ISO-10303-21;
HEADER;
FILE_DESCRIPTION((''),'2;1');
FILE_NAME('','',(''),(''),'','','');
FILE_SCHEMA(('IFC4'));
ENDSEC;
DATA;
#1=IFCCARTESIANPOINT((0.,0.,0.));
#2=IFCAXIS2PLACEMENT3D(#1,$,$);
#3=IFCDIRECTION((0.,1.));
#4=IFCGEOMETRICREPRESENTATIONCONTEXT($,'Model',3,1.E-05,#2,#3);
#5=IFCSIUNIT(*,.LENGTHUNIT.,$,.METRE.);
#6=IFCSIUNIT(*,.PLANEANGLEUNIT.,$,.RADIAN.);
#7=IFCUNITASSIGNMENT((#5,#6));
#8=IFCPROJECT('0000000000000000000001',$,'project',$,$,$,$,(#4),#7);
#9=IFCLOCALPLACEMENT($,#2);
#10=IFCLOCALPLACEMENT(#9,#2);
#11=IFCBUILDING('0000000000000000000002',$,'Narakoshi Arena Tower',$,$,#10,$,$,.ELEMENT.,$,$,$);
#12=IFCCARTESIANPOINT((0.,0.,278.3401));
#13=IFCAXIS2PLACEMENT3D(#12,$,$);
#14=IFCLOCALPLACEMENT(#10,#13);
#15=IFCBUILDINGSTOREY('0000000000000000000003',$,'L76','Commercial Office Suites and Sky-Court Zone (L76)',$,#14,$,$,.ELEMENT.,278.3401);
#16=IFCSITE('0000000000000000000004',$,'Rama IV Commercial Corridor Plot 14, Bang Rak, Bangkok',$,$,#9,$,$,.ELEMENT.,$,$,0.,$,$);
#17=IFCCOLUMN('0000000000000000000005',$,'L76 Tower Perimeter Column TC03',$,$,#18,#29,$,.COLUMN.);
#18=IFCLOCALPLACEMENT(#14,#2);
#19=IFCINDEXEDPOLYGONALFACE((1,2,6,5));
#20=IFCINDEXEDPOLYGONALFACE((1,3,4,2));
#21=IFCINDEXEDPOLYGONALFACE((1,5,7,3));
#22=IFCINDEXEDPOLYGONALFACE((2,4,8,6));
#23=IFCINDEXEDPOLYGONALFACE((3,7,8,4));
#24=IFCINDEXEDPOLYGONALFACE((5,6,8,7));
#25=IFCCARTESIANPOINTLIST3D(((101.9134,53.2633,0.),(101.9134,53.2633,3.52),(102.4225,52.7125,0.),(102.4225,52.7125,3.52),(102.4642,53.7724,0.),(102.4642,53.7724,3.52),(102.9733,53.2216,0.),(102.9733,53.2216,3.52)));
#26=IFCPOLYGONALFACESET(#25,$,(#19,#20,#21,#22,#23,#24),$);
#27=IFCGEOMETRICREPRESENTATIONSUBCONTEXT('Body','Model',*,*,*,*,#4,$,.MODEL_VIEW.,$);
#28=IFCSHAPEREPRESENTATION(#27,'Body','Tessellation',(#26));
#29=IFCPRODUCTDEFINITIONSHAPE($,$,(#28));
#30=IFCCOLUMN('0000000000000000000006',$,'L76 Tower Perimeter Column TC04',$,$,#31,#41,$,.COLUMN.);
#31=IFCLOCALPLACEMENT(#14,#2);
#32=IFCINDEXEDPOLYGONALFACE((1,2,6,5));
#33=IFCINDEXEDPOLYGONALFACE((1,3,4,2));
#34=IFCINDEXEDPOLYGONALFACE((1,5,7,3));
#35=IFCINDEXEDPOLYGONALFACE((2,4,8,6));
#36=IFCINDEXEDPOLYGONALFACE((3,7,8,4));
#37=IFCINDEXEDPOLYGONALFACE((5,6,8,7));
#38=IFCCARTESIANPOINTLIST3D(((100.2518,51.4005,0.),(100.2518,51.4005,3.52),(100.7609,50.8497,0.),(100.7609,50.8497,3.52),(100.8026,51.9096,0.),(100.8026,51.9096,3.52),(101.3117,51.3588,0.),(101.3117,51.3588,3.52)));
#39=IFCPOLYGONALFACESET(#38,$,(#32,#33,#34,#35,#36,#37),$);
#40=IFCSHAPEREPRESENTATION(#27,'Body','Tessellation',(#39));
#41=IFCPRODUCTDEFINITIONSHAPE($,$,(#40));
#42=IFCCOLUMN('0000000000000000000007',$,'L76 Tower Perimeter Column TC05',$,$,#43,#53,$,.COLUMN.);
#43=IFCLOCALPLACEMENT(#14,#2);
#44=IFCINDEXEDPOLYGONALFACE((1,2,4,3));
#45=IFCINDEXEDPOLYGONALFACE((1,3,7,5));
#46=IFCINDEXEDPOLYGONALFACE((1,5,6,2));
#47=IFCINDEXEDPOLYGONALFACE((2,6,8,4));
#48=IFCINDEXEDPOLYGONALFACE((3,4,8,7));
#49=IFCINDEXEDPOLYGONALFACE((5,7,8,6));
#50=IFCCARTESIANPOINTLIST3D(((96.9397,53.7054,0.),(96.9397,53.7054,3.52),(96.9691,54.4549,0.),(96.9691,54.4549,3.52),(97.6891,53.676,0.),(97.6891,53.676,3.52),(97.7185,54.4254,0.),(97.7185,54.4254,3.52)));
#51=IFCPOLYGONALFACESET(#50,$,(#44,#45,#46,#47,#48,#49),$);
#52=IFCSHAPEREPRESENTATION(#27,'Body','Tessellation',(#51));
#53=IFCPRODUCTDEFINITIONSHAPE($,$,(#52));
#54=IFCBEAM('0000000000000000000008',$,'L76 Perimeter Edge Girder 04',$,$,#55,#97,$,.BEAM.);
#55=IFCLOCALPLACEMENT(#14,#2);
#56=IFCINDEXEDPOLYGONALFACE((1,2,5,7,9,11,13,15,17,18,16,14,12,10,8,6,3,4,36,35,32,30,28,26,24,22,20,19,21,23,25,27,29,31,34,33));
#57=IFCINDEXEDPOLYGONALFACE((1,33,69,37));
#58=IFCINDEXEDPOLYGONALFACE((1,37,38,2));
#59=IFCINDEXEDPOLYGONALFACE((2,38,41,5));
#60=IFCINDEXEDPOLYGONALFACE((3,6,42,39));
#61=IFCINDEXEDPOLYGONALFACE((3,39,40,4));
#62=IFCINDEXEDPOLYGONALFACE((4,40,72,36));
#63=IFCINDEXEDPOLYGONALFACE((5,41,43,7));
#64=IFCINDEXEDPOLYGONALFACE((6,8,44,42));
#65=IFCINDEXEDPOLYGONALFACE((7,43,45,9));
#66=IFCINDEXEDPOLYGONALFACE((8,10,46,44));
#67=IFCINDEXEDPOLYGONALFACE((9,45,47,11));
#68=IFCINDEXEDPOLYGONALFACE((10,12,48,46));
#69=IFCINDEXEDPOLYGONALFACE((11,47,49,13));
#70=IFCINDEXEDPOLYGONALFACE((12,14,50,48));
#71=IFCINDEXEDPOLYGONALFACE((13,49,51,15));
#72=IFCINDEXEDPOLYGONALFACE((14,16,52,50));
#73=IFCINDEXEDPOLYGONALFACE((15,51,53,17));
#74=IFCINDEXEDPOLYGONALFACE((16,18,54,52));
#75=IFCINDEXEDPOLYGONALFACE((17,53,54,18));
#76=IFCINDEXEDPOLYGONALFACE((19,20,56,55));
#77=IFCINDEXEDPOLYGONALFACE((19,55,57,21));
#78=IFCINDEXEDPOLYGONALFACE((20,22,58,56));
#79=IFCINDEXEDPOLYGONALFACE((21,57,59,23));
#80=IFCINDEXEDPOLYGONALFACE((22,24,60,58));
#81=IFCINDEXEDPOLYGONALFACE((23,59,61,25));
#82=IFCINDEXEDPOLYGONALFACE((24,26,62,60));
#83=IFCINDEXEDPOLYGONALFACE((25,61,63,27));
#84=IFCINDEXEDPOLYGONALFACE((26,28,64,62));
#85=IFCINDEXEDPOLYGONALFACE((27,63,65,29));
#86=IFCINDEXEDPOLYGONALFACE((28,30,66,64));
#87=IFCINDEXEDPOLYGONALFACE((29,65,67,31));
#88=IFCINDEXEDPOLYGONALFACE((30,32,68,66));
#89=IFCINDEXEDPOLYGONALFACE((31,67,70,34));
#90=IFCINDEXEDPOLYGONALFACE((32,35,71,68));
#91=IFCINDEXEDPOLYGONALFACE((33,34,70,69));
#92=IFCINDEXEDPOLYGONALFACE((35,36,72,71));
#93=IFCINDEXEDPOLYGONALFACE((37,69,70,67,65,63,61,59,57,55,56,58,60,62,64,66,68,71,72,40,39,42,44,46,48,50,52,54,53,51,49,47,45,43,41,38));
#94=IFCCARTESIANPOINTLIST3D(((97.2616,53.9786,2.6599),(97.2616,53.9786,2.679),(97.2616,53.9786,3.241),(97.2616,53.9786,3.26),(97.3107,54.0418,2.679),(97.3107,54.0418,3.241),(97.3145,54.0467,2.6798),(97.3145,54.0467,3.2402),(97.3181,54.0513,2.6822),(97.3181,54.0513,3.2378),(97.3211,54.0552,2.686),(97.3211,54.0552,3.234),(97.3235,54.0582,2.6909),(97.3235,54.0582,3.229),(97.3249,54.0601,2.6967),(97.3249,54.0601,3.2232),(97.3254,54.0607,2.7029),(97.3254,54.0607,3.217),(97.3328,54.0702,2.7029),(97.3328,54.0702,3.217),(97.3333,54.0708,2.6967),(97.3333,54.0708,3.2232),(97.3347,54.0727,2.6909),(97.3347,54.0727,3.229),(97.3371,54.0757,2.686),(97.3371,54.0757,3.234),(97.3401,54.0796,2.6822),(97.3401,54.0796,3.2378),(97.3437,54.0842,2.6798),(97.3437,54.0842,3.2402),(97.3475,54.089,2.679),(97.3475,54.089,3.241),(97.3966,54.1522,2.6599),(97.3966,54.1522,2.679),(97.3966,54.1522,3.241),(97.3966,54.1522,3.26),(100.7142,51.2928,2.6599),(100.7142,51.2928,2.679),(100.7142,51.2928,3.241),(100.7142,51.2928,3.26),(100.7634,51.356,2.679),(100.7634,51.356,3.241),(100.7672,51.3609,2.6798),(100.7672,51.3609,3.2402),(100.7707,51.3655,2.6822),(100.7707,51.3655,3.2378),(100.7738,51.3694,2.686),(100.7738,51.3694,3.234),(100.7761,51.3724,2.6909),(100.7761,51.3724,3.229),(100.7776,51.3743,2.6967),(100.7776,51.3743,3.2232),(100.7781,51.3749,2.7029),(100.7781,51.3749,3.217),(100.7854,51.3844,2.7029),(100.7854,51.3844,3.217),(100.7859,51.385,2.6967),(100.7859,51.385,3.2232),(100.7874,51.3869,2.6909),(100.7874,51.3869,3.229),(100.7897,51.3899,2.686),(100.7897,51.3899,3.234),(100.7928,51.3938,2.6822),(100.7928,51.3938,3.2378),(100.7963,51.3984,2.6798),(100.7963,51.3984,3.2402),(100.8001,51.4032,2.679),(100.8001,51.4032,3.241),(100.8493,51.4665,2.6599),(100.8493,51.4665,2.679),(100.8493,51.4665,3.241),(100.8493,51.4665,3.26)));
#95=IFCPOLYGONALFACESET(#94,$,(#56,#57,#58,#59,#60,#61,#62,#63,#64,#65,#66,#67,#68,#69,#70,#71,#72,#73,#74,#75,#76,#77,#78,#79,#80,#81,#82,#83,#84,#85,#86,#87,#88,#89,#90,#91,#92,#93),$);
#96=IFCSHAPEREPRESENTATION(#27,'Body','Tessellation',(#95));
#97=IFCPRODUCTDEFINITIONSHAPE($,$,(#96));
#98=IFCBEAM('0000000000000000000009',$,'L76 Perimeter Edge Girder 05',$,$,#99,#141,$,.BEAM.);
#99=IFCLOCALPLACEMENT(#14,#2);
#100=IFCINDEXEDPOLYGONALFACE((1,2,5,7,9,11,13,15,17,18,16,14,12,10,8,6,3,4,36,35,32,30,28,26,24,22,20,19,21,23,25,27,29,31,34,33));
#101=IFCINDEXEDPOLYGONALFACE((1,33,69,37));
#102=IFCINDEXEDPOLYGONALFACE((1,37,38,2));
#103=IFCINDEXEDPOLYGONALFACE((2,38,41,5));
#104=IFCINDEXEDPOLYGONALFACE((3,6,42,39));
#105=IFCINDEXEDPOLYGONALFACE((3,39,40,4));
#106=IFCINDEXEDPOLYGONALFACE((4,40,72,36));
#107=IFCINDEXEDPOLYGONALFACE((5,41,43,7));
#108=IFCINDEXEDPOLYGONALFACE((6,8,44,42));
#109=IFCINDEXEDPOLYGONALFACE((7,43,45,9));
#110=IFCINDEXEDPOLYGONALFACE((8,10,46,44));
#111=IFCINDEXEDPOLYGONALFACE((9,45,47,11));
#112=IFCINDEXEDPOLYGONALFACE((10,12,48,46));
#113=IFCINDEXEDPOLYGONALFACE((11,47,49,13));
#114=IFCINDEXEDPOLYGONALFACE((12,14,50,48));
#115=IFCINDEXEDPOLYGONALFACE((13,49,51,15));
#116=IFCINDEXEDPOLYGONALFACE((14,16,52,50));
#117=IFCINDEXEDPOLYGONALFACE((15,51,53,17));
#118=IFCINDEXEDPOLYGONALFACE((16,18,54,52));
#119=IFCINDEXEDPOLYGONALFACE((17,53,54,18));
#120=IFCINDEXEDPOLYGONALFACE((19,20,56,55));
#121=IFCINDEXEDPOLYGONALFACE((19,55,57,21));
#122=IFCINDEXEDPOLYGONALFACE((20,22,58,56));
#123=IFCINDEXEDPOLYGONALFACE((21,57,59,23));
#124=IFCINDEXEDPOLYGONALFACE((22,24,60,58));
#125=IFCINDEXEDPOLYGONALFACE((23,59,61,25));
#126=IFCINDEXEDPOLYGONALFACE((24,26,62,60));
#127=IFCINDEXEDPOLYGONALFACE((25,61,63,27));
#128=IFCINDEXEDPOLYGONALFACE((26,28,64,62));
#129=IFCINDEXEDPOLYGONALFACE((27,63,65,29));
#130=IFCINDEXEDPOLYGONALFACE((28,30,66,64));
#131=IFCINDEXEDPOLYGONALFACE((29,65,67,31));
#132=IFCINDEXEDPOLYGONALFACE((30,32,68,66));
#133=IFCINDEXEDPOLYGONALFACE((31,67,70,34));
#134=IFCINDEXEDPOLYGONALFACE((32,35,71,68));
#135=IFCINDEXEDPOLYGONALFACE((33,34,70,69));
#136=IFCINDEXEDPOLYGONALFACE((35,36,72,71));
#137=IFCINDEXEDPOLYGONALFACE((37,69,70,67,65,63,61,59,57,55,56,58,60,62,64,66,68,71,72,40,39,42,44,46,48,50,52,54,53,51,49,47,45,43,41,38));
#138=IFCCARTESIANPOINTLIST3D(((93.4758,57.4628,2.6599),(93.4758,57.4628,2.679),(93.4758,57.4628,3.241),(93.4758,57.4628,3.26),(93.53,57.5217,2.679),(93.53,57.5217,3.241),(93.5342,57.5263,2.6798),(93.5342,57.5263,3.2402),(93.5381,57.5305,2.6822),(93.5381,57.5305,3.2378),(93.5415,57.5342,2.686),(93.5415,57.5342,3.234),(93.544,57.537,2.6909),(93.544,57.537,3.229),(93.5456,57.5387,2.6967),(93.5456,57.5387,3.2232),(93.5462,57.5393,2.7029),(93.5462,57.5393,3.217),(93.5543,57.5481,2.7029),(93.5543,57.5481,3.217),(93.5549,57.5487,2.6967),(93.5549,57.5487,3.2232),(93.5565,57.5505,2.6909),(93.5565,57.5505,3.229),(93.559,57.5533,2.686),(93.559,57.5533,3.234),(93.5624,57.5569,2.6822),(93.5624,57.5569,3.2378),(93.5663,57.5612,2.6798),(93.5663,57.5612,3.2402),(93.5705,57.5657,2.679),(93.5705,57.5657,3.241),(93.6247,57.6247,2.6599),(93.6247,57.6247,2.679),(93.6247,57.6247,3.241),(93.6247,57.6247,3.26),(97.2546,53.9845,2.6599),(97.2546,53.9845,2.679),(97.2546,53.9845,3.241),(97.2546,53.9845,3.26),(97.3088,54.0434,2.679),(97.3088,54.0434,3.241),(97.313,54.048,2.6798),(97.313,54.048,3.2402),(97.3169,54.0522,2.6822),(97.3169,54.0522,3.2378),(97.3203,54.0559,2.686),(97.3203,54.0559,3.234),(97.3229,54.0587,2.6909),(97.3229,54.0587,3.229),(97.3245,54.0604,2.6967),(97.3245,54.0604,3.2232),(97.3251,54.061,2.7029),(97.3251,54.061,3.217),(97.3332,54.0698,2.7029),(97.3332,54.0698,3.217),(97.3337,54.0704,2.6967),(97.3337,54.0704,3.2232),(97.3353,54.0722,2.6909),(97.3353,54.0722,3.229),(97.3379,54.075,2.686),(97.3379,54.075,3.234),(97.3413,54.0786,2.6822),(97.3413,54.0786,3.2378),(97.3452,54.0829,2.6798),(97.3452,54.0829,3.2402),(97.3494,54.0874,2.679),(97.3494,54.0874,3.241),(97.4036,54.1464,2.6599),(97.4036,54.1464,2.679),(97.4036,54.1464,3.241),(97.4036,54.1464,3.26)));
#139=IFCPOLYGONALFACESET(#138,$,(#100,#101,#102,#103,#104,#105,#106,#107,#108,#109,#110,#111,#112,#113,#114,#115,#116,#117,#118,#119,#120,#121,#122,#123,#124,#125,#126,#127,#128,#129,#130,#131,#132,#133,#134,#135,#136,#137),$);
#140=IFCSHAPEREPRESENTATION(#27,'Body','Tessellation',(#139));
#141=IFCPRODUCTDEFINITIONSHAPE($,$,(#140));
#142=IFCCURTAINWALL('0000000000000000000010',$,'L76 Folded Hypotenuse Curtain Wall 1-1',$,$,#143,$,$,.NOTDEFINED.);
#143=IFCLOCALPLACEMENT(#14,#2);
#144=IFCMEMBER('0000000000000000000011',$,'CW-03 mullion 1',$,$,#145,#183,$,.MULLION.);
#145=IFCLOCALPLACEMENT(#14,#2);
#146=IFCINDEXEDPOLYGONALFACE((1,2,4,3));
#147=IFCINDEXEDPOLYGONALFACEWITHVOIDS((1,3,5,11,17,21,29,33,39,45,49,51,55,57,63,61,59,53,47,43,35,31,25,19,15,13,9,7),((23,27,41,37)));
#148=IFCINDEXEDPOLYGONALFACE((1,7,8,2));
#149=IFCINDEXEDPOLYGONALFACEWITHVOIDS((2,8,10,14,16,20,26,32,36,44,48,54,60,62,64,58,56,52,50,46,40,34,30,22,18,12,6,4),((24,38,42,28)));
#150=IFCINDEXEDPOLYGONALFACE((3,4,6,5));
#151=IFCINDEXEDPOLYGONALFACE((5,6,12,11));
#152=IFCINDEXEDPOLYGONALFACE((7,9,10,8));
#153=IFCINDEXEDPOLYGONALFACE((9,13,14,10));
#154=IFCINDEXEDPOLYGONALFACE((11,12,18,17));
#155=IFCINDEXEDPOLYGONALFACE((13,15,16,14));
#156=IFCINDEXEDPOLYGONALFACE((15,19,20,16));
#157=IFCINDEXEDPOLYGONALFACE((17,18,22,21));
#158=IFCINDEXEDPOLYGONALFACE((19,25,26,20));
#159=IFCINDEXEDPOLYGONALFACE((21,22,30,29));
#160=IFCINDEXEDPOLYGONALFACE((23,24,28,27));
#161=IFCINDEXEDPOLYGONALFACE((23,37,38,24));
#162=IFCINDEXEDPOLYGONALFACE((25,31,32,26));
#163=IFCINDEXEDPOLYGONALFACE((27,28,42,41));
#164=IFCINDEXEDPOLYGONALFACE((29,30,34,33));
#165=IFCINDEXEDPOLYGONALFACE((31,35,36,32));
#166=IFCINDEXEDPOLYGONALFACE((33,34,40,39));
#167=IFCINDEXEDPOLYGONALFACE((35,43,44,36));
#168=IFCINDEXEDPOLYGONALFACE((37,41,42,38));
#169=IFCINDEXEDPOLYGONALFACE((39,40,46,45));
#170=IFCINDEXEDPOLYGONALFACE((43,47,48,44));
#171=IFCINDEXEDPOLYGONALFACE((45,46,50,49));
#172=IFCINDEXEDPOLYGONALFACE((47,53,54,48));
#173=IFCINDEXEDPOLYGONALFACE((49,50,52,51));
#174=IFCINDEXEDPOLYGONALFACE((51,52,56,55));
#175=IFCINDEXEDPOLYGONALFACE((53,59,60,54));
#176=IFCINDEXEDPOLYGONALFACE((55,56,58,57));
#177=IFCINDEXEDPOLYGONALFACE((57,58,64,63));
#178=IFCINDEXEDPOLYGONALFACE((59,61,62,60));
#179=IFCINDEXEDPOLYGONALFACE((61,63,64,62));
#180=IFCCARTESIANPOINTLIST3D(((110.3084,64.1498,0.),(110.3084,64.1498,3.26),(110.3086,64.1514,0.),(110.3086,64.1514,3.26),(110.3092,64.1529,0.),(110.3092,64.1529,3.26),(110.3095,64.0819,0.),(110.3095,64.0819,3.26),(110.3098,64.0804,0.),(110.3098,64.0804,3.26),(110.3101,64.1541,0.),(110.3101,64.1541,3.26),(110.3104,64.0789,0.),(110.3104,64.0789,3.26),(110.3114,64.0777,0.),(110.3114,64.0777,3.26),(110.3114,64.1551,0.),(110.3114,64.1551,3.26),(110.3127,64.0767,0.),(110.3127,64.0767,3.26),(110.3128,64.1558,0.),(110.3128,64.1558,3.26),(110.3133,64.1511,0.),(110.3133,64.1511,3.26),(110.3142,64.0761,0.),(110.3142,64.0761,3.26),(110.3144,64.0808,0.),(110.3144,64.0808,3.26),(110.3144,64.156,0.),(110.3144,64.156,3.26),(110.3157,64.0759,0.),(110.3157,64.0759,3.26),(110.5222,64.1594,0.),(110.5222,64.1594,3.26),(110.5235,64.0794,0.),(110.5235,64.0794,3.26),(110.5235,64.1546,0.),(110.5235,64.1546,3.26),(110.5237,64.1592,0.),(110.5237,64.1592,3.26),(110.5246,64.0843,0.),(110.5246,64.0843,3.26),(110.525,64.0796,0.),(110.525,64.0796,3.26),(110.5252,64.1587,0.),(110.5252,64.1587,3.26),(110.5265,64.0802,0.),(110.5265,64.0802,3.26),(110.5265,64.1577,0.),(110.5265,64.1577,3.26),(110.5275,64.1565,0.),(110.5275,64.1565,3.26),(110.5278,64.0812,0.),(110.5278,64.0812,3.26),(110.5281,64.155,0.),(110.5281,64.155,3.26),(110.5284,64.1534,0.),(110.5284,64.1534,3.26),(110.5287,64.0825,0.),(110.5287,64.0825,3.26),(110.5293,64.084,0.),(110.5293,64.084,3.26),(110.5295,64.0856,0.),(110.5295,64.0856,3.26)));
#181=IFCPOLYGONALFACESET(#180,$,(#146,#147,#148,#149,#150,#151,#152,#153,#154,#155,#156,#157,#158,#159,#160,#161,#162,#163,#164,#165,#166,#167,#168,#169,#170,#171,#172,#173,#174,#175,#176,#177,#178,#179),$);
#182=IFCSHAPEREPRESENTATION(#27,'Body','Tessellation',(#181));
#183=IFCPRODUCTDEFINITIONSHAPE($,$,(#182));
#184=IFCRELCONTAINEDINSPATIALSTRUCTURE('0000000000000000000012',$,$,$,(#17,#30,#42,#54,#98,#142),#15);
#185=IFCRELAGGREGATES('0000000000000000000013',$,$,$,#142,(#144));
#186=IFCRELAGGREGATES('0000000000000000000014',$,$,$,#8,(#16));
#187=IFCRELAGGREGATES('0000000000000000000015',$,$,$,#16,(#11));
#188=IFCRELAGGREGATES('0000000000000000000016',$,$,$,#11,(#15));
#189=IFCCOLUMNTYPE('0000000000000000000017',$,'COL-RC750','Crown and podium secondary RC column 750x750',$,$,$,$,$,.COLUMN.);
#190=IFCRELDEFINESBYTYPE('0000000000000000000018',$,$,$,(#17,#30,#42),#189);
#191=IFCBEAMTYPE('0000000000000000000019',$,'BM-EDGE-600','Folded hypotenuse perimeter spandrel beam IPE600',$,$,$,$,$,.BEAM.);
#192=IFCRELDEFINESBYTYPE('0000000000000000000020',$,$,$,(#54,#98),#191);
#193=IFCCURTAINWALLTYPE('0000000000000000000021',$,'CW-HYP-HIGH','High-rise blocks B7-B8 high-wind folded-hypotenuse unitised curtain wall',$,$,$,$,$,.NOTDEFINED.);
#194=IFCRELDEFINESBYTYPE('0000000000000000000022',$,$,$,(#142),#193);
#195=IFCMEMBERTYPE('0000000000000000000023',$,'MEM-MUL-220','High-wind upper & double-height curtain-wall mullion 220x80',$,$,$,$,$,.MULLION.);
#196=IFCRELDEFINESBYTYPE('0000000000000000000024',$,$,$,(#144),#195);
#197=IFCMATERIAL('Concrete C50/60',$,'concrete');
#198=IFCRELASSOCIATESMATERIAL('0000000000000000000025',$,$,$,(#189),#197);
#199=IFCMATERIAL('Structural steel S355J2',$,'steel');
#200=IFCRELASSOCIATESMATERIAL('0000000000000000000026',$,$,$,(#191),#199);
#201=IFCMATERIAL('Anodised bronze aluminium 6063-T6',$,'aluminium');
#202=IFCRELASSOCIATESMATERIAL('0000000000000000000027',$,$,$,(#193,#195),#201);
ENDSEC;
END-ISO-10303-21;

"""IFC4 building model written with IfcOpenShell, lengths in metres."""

from ifc_helpers import new_model, si_unit, direction, frame, origin, origin_2d, place, context, subcontext, project, spatial, rectangle, hollow_rectangle, i_section, extrude, material, material_profile, profile_set, type_object, element, aggregate, save


model = new_model("IFC4")

# Units and contexts
model_context = context("Model", 3, precision=1e-05, world=origin(), true_north=direction((0.0, 1.0)))
body_context = subcontext(model_context, "Body", "Model", "MODEL_VIEW")
ifc_project = project(units=[si_unit("LENGTHUNIT", "METRE"), si_unit("PLANEANGLEUNIT", "RADIAN")], contexts=[model_context])

# Site, building, storey
site_placement = place(None, origin())
site = spatial("IfcSite", under=ifc_project, at=site_placement, Name="Rama IV Commercial Corridor Plot 14, Bang Rak, Bangkok", CompositionType="ELEMENT", RefElevation=0.0)
building_placement = place(site_placement, origin())
building = spatial("IfcBuilding", under=site, at=building_placement, Name="Narakoshi Arena Tower", CompositionType="ELEMENT")
storey_placement = place(building_placement, frame((0.0, 0.0, 278.3401)))
storey = spatial("IfcBuildingStorey", under=building, at=storey_placement, Name="L76", Description="Commercial Office Suites and Sky-Court Zone (L76)", CompositionType="ELEMENT", Elevation=278.3401)

# Columns
ifc_material_1 = material(Name="Concrete C50/60", Category="concrete")
ifc_material_profile_1 = material_profile(ifc_material_1, rectangle(XDim=0.75, YDim=0.75, at=origin_2d()), Name="RC750x750")
ifc_profile_set_1 = profile_set([ifc_material_profile_1], Name="Concrete C50/60")
column_type = type_object("IfcColumnType", Name="COL-RC750", Description="Crown and podium secondary RC column 750x750", PredefinedType="COLUMN", material=ifc_profile_set_1)
for number, where, z_axis, x_axis, name in (
    (1, (102.4434, 53.2424, 0.0), (0.0, 0.0, 1.0), (0.734323, 0.678801, 0.0), "L76 Tower Perimeter Column TC03"),
    (2, (100.7817, 51.3796, 0.0), (0.0, 0.0, 1.0), (0.734323, 0.678801, 0.0), "L76 Tower Perimeter Column TC04"),
    (3, (97.3291, 54.0654, 0.0), (0.0, 0.0, 1.0), (0.03926, 0.999229, 0.0), "L76 Tower Perimeter Column TC05"),
):
    element("IfcColumn", number, at=place(storey_placement, frame(where, z_axis=z_axis, x_axis=x_axis)), inside=storey, type_object=column_type, Name=name, PredefinedType="COLUMN", context=body_context, shape_type="SweptSolid", body=[
        extrude(rectangle(XDim=0.75, YDim=0.75, at=origin_2d()), origin(), (0.0, 0.0, 1.0), 3.52),
    ])

# Beams
ifc_material_2 = material(Name="Structural steel S355J2", Category="steel")
ifc_material_profile_2 = material_profile(ifc_material_2, i_section(OverallWidth=0.22, OverallDepth=0.6001, WebThickness=0.012, FlangeThickness=0.019, FilletRadius=0.0239, at=origin_2d()), Name="IPE600")
ifc_profile_set_2 = profile_set([ifc_material_profile_2], Name="Structural steel S355J2")
beam_type = type_object("IfcBeamType", Name="BM-EDGE-600", Description="Folded hypotenuse perimeter spandrel beam IPE600", PredefinedType="BEAM", material=ifc_profile_set_2)
beam_1_placement = place(storey_placement, frame((100.7817, 51.3796, 2.96), z_axis=(-0.789307, 0.613999, 0.0), x_axis=(-0.613999, -0.789307, 0.0)))
element("IfcBeam", 4, at=beam_1_placement, inside=storey, type_object=beam_type, Name="L76 Perimeter Edge Girder 04", PredefinedType="BEAM", context=body_context, shape_type="SweptSolid", body=[
    extrude(i_section(OverallWidth=0.22, OverallDepth=0.6001, WebThickness=0.012, FlangeThickness=0.019, FilletRadius=0.0239, at=origin_2d()), origin(), (0.0, 0.0, 1.0), 4.3743),
])
beam_2_placement = place(storey_placement, frame((97.3291, 54.0654, 2.96), z_axis=(-0.73576, 0.677243, 0.0), x_axis=(-0.677243, -0.73576, 0.0)))
element("IfcBeam", 5, at=beam_2_placement, inside=storey, type_object=beam_type, Name="L76 Perimeter Edge Girder 05", PredefinedType="BEAM", context=body_context, shape_type="SweptSolid", body=[
    extrude(i_section(OverallWidth=0.22, OverallDepth=0.6001, WebThickness=0.012, FlangeThickness=0.019, FilletRadius=0.0239, at=origin_2d()), origin(), (0.0, 0.0, 1.0), 5.136),
])

# Curtain wall, member
ifc_material_3 = material(Name="Anodised bronze aluminium 6063-T6", Category="aluminium")
curtain_wall_type = type_object("IfcCurtainWallType", Name="CW-HYP-HIGH", Description="High-rise blocks B7-B8 high-wind folded-hypotenuse unitised curtain wall", PredefinedType="NOTDEFINED", material=ifc_material_3)
curtain_wall_placement = place(storey_placement, origin())
curtain_wall = element("IfcCurtainWall", 6, at=curtain_wall_placement, inside=storey, type_object=curtain_wall_type, Name="L76 Folded Hypotenuse Curtain Wall 1-1", PredefinedType="NOTDEFINED")
ifc_material_profile_3 = material_profile(ifc_material_3, hollow_rectangle(XDim=0.0801, YDim=0.22, WallThickness=0.0049, OuterFilletRadius=0.0061, at=origin_2d()), Name="MUL220x80x5")
ifc_profile_set_3 = profile_set([ifc_material_profile_3], Name="Anodised bronze aluminium 6063-T6")
member_type_1 = type_object("IfcMemberType", Name="MEM-MUL-220", Description="High-wind upper & double-height curtain-wall mullion 220x80", PredefinedType="MULLION", material=ifc_profile_set_3)
member_1_placement = place(storey_placement, frame((110.4189, 64.1177, 0.0), z_axis=(0.0, 0.0, 1.0), x_axis=(0.016443, -0.999865, 0.0)))
member_1 = element("IfcMember", 7, at=member_1_placement, type_object=member_type_1, Name="CW-03 mullion 1", PredefinedType="MULLION", context=body_context, shape_type="SweptSolid", body=[
    extrude(hollow_rectangle(XDim=0.0801, YDim=0.22, WallThickness=0.0049, OuterFilletRadius=0.0061, at=origin_2d()), origin(), (0.0, 0.0, 1.0), 3.26),
])
aggregate(curtain_wall, [member_1])

save(model, "model.ifc")
